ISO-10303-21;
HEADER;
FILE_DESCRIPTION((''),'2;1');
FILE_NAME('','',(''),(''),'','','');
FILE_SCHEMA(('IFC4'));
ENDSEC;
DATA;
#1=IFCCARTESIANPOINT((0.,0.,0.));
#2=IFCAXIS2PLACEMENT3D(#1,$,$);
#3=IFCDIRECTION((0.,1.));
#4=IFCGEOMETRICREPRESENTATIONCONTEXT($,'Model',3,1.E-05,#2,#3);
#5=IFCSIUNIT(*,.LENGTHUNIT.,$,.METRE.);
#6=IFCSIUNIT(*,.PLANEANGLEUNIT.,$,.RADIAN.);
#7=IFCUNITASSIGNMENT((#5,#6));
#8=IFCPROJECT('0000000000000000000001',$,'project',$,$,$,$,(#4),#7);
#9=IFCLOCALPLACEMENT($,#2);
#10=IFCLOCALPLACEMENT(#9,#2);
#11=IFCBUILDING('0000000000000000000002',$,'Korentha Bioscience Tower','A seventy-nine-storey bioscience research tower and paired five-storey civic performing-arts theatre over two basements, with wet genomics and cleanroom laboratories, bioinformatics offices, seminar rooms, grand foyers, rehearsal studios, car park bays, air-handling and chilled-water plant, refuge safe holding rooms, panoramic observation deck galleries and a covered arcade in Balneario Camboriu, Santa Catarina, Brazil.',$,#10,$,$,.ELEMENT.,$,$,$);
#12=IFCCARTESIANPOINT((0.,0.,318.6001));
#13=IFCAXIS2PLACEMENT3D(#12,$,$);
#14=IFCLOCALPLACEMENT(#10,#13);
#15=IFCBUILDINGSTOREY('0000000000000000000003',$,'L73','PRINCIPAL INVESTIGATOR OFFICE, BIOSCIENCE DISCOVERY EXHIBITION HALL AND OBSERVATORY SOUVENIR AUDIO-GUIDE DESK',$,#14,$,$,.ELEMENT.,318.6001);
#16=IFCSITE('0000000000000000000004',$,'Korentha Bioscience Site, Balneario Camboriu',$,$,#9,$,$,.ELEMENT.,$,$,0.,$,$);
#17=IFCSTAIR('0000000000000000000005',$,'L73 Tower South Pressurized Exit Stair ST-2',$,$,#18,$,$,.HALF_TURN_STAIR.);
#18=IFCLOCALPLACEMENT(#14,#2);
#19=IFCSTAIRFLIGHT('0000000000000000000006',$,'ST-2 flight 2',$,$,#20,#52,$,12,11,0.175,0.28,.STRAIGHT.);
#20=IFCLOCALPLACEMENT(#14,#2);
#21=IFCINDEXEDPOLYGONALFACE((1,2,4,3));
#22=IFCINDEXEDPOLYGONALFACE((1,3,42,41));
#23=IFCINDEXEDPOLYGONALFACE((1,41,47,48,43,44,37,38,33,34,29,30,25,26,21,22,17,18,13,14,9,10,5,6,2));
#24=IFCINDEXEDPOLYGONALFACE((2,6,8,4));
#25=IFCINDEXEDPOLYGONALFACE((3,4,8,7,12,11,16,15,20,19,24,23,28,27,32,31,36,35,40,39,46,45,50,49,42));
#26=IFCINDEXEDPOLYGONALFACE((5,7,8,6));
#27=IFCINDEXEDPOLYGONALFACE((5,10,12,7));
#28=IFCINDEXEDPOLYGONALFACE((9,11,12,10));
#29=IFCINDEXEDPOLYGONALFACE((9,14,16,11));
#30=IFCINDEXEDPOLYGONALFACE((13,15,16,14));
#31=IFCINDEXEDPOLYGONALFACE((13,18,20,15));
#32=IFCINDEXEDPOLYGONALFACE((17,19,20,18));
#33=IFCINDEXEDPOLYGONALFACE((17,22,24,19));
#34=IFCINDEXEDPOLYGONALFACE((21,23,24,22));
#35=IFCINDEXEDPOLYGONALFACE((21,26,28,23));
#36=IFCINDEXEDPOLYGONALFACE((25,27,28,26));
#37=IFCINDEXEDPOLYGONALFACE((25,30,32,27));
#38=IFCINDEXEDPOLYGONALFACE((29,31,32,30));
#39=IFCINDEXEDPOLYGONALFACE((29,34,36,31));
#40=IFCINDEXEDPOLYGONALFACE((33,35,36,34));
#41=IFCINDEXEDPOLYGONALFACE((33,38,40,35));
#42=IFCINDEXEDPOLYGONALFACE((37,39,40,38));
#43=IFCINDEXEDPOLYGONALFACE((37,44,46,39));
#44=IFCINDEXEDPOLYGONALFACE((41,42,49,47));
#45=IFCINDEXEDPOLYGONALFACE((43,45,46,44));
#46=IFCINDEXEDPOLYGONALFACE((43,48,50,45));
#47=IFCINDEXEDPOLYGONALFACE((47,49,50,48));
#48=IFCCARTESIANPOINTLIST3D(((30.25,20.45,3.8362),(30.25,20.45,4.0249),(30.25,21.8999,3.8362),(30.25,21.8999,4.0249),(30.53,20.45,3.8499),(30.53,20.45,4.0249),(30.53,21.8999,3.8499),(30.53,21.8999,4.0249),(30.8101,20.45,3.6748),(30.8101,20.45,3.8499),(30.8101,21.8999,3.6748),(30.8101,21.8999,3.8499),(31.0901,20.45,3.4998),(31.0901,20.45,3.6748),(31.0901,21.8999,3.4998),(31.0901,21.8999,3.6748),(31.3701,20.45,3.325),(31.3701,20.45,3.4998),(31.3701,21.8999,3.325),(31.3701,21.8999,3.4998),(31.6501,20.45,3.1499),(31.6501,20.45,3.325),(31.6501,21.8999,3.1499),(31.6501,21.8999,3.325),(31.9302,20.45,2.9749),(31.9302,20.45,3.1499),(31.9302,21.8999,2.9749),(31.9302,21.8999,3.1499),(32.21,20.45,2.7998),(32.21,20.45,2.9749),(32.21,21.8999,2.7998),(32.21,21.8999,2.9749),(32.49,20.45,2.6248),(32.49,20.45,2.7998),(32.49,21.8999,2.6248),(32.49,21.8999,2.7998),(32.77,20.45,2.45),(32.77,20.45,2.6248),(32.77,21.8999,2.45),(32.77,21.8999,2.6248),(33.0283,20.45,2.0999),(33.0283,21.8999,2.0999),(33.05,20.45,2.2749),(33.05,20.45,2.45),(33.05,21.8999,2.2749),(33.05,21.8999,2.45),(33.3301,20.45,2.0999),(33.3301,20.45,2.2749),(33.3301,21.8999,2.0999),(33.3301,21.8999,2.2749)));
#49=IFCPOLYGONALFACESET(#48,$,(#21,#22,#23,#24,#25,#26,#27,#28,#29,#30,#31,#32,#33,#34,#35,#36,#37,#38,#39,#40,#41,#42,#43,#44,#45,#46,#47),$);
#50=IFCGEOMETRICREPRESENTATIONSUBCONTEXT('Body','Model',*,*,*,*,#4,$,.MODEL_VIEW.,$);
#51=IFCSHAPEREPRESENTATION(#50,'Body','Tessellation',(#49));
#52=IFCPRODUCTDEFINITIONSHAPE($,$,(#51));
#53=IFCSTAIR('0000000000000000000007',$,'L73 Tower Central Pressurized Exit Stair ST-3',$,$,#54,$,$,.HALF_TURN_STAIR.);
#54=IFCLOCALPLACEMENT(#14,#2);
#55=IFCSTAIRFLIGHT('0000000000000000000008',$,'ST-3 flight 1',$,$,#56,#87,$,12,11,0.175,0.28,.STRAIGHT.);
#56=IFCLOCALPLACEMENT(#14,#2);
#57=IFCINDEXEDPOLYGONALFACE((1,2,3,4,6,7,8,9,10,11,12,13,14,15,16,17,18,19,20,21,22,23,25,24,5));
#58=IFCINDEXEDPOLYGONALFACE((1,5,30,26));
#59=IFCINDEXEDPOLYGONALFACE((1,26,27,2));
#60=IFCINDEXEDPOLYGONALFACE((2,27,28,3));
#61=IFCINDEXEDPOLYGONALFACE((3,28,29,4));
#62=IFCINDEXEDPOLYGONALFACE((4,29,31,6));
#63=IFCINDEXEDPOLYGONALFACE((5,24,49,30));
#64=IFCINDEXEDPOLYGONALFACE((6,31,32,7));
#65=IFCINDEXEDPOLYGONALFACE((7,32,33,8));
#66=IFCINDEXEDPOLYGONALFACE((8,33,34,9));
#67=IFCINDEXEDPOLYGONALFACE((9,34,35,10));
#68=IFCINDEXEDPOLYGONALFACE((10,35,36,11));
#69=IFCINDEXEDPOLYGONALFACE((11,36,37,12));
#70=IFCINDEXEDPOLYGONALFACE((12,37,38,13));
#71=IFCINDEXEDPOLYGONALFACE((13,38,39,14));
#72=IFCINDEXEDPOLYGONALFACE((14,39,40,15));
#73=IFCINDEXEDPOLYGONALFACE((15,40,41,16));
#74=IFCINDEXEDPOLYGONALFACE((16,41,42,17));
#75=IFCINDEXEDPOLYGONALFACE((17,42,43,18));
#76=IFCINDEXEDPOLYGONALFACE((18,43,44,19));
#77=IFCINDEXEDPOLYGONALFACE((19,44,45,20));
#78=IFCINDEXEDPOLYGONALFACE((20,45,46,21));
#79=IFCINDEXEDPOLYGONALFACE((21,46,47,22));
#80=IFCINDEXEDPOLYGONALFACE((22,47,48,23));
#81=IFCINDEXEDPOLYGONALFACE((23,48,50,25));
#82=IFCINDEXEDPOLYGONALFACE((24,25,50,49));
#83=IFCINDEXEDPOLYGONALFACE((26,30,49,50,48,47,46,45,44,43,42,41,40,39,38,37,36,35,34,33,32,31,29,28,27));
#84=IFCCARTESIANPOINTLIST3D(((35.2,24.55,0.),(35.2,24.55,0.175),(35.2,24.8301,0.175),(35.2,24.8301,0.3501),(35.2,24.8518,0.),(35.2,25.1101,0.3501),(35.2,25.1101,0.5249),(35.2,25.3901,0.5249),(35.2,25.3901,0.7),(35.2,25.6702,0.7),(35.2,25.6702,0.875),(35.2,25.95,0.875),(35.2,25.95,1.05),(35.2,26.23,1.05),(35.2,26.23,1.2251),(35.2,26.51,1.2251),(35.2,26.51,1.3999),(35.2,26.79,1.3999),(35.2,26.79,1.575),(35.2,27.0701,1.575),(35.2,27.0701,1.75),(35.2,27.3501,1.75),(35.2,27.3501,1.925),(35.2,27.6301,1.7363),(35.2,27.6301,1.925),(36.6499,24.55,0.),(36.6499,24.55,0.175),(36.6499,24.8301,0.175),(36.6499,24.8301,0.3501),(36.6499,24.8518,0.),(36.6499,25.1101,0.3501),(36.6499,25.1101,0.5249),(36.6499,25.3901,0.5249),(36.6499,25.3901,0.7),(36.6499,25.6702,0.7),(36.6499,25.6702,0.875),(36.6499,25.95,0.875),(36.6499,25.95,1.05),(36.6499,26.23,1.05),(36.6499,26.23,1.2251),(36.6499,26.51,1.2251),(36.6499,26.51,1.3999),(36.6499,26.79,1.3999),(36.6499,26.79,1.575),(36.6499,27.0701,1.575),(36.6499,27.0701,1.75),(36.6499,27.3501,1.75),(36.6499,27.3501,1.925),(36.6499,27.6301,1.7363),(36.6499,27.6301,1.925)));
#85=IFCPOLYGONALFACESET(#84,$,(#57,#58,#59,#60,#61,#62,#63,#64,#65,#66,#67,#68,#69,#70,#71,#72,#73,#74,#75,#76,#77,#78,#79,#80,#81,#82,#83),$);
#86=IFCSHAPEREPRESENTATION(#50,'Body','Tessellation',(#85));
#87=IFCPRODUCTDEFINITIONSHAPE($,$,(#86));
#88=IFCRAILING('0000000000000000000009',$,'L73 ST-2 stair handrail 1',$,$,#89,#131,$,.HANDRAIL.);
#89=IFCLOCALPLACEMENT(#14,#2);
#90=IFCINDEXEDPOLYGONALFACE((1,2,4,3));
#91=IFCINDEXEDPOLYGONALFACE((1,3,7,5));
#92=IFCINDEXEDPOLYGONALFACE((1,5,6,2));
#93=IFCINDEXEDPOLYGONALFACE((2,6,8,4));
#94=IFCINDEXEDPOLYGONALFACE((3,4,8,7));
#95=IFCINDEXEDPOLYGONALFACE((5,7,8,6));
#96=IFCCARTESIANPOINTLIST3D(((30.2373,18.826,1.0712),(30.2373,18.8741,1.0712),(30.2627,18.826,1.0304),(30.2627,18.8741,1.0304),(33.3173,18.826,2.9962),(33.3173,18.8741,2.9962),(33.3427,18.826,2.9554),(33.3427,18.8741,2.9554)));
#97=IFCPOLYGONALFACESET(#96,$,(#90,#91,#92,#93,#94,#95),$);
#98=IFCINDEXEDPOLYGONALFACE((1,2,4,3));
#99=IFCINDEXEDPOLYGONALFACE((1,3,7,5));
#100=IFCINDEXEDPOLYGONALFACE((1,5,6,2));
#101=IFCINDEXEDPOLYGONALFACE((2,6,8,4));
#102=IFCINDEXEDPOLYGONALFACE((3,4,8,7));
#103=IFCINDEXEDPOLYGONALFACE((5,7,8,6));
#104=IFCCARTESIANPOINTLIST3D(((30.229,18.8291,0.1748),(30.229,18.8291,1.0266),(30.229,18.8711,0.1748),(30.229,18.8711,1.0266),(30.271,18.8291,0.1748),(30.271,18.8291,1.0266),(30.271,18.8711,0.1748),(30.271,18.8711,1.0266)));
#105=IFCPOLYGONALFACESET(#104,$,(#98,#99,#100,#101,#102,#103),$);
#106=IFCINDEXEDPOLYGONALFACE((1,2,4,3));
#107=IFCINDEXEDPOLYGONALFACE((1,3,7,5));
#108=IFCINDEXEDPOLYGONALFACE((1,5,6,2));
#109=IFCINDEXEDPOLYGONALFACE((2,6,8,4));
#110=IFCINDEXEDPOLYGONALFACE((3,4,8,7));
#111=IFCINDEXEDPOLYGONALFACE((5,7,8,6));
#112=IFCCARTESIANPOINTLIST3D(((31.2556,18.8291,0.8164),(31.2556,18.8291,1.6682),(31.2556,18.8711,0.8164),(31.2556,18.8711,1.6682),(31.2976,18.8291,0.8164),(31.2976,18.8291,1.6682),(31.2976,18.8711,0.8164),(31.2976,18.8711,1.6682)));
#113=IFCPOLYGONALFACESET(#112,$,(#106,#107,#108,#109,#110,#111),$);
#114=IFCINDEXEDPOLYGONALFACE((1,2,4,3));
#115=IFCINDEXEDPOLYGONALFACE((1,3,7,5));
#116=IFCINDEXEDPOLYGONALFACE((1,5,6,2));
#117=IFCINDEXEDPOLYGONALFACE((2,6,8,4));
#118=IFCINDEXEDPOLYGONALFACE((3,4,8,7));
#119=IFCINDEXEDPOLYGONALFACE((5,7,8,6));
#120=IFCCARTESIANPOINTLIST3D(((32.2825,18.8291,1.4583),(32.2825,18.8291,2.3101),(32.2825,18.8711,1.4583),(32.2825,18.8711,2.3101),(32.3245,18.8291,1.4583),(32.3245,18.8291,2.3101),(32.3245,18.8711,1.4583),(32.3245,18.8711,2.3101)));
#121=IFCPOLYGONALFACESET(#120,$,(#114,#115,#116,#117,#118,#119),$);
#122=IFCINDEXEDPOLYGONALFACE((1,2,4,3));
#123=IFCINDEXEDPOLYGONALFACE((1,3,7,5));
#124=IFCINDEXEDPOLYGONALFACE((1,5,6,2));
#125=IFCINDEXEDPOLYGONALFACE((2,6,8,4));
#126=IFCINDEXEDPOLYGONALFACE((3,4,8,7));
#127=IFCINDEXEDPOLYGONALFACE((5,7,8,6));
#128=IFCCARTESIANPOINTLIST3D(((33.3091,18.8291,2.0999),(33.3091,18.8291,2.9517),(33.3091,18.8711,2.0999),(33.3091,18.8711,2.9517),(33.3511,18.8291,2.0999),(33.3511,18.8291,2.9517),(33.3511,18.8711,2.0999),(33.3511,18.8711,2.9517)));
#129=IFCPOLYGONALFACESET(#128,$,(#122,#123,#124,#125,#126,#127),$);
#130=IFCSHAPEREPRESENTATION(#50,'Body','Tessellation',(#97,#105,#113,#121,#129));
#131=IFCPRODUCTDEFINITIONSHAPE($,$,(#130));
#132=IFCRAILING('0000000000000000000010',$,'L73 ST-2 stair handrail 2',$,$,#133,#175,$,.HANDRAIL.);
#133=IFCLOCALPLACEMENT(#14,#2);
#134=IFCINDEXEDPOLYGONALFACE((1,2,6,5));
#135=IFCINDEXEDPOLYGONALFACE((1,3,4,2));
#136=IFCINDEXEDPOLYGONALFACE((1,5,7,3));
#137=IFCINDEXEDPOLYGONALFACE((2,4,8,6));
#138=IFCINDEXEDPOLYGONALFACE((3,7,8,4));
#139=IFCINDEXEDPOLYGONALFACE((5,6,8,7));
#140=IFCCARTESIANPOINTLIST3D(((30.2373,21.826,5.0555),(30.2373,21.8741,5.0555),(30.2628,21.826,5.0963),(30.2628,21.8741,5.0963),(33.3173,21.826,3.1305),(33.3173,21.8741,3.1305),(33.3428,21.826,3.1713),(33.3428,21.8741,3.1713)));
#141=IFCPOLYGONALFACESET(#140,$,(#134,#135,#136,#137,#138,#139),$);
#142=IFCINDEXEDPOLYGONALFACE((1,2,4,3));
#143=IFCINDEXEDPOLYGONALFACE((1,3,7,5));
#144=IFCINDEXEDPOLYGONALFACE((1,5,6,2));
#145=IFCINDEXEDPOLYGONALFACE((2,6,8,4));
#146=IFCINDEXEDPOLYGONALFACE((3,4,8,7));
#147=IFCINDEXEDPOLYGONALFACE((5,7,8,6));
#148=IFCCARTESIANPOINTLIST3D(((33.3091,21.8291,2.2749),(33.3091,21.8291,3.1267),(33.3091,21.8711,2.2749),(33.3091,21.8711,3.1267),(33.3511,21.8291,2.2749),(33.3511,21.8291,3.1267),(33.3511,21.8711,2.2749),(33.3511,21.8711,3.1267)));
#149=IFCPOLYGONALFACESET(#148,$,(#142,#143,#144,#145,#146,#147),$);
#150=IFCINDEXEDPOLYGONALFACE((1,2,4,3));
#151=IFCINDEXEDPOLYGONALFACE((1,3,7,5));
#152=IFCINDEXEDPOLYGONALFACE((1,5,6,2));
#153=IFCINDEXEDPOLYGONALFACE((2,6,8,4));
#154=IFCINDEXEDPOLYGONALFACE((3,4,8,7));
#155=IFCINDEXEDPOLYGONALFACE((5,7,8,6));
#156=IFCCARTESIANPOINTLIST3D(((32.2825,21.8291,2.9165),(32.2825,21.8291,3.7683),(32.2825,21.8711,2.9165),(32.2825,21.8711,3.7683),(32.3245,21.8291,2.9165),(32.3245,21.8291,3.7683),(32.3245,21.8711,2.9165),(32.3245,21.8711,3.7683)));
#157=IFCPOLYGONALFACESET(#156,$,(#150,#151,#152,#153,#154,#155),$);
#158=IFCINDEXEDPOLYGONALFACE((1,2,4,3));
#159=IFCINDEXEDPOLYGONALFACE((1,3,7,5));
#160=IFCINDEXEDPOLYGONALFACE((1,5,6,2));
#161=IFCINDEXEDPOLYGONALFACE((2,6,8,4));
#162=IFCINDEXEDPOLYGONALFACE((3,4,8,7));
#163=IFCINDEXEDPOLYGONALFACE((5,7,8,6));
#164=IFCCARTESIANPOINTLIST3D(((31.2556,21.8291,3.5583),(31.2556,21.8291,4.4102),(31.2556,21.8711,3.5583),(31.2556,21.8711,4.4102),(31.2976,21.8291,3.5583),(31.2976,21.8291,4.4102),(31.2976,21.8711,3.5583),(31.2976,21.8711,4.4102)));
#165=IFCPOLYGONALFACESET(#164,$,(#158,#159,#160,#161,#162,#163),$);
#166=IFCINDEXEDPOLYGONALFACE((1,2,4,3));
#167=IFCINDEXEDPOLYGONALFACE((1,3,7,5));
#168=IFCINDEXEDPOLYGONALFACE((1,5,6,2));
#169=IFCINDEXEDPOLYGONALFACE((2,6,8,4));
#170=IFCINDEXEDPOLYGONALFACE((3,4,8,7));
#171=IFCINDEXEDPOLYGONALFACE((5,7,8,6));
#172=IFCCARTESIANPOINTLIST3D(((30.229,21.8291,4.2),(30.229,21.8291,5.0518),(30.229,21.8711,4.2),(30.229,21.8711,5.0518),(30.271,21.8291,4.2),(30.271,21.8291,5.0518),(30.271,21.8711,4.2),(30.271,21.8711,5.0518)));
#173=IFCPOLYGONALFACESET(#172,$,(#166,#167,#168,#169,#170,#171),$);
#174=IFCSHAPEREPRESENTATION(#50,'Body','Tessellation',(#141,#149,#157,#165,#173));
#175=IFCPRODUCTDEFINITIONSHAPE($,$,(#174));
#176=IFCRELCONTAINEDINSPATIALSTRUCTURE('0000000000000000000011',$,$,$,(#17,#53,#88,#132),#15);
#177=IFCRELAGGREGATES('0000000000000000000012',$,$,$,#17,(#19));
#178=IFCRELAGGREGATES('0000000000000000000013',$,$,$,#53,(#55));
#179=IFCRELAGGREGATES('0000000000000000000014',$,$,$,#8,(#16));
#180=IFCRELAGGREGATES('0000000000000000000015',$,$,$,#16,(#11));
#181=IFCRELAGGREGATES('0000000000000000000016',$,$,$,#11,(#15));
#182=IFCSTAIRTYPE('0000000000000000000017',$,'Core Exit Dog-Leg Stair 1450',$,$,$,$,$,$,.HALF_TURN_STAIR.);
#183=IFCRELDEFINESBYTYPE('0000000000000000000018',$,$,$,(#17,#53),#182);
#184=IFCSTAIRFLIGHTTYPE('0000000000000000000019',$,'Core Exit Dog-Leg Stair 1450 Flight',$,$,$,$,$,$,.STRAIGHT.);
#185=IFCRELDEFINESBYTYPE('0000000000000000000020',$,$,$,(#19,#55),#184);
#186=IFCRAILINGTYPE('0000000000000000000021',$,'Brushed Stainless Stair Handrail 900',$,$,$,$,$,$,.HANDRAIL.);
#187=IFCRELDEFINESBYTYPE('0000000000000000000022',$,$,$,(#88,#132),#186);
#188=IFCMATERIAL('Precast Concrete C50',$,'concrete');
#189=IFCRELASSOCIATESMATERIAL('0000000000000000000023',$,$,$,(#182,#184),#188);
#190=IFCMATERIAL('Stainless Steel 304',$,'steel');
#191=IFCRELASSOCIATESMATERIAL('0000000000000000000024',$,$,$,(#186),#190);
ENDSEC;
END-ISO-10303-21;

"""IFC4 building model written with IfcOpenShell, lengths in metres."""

from ifc_helpers import new_model, si_unit, direction, frame, origin, origin_2d, place, context, subcontext, project, spatial, polyline, rectangle, outline, extrude, material, type_object, element, aggregate, save


model = new_model("IFC4")

# Units and contexts
model_context = context("Model", 3, precision=1e-05, world=origin(), true_north=direction((0.0, 1.0)))
body_context = subcontext(model_context, "Body", "Model", "MODEL_VIEW")
ifc_project = project(units=[si_unit("LENGTHUNIT", "METRE"), si_unit("PLANEANGLEUNIT", "RADIAN")], contexts=[model_context])

# Site, building, storey
site_placement = place(None, origin())
site = spatial("IfcSite", under=ifc_project, at=site_placement, Name="Korentha Bioscience Site, Balneario Camboriu", CompositionType="ELEMENT", RefElevation=0.0)
building_placement = place(site_placement, origin())
building = spatial("IfcBuilding", under=site, at=building_placement, Name="Korentha Bioscience Tower", Description="A seventy-nine-storey bioscience research tower and paired five-storey civic performing-arts theatre over two basements, with wet genomics and cleanroom laboratories, bioinformatics offices, seminar rooms, grand foyers, rehearsal studios, car park bays, air-handling and chilled-water plant, refuge safe holding rooms, panoramic observation deck galleries and a covered arcade in Balneario Camboriu, Santa Catarina, Brazil.", CompositionType="ELEMENT")
storey_placement = place(building_placement, frame((0.0, 0.0, 318.6001)))
storey = spatial("IfcBuildingStorey", under=building, at=storey_placement, Name="L73", Description="PRINCIPAL INVESTIGATOR OFFICE, BIOSCIENCE DISCOVERY EXHIBITION HALL AND OBSERVATORY SOUVENIR AUDIO-GUIDE DESK", CompositionType="ELEMENT", Elevation=318.6001)

# Stair, stair flight
ifc_material_1 = material(Name="Precast Concrete C50", Category="concrete")
stair_type = type_object("IfcStairType", Name="Core Exit Dog-Leg Stair 1450", PredefinedType="HALF_TURN_STAIR", material=ifc_material_1)
stair_1_placement = place(storey_placement, origin())
stair_1 = element("IfcStair", 1, at=stair_1_placement, inside=storey, type_object=stair_type, Name="L73 Tower South Pressurized Exit Stair ST-2", PredefinedType="HALF_TURN_STAIR")
stair_flight_type = type_object("IfcStairFlightType", Name="Core Exit Dog-Leg Stair 1450 Flight", PredefinedType="STRAIGHT", material=ifc_material_1)
stair_flight_1_placement = place(storey_placement, frame((33.3301, 21.175, 2.0999), z_axis=(0.0, 0.0, 1.0), x_axis=(-1.0, 0.0, 0.0)))
stair_flight_1 = element("IfcStairFlight", 2, at=stair_flight_1_placement, type_object=stair_flight_type, Name="ST-2 flight 2", NumberOfRisers=12, NumberOfTreads=11, PredefinedType="STRAIGHT", RiserHeight=0.175, TreadLength=0.28, context=body_context, shape_type="SweptSolid", body=[
    extrude(outline(polyline([(0.0, 0.0), (0.0, 0.175), (0.28, 0.175), (0.28, 0.3501), (0.5601, 0.3501), (0.5601, 0.5249), (0.8401, 0.5249), (0.8401, 0.7), (1.1201, 0.7), (1.1201, 0.875), (1.3999, 0.875), (1.3999, 1.05), (1.6799, 1.05), (1.6799, 1.2251), (1.96, 1.2251), (1.96, 1.3999), (2.24, 1.3999), (2.24, 1.575), (2.52, 1.575), (2.52, 1.75), (2.8, 1.75), (2.8, 1.925), (3.0801, 1.925), (3.0801, 2.1001), (3.0801, 1.7363), (0.3018, 0.0), (0.0, 0.0)])), frame((0.0, 0.7251, 0.0), z_axis=(0.0, -1.0, 0.0), x_axis=(1.0, 0.0, 0.0)), (0.0, 0.0, 1.0), 1.45),
])
aggregate(stair_1, [stair_flight_1])

# Stair, stair flight
stair_2_placement = place(storey_placement, origin())
stair_2 = element("IfcStair", 3, at=stair_2_placement, inside=storey, type_object=stair_type, Name="L73 Tower Central Pressurized Exit Stair ST-3", PredefinedType="HALF_TURN_STAIR")
stair_flight_2_placement = place(storey_placement, frame((35.925, 24.55, 0.0), z_axis=(0.0, 0.0, 1.0), x_axis=(0.0, 1.0, 0.0)))
stair_flight_2 = element("IfcStairFlight", 4, at=stair_flight_2_placement, type_object=stair_flight_type, Name="ST-3 flight 1", NumberOfRisers=12, NumberOfTreads=11, PredefinedType="STRAIGHT", RiserHeight=0.175, TreadLength=0.28, context=body_context, shape_type="SweptSolid", body=[
    extrude(outline(polyline([(0.0, 0.0), (0.0, 0.175), (0.28, 0.175), (0.28, 0.3501), (0.5601, 0.3501), (0.5601, 0.5249), (0.8401, 0.5249), (0.8401, 0.7), (1.1201, 0.7), (1.1201, 0.875), (1.3999, 0.875), (1.3999, 1.05), (1.6799, 1.05), (1.6799, 1.2251), (1.96, 1.2251), (1.96, 1.3999), (2.24, 1.3999), (2.24, 1.575), (2.52, 1.575), (2.52, 1.75), (2.8, 1.75), (2.8, 1.925), (3.0801, 1.925), (3.0801, 2.1001), (3.0801, 1.7363), (0.3018, 0.0), (0.0, 0.0)])), frame((0.0, 0.7251, 0.0), z_axis=(0.0, -1.0, 0.0), x_axis=(1.0, 0.0, 0.0)), (0.0, 0.0, 1.0), 1.45),
])
aggregate(stair_2, [stair_flight_2])

# Railings
ifc_material_2 = material(Name="Stainless Steel 304", Category="steel")
railing_type_1 = type_object("IfcRailingType", Name="Brushed Stainless Stair Handrail 900", PredefinedType="HANDRAIL", material=ifc_material_2)
railing_1_placement = place(storey_placement, frame((30.25, 18.8501, 0.1748)))
element("IfcRailing", 5, at=railing_1_placement, inside=storey, type_object=railing_type_1, Name="L73 ST-2 stair handrail 1", PredefinedType="HANDRAIL", context=body_context, shape_type="SweptSolid", body=[
    extrude(rectangle(XDim=0.0481, YDim=0.0481, at=origin_2d()), frame((0.0, 0.0, 0.876), z_axis=(0.847998, 0.0, 0.529999), x_axis=(0.0, 1.0, 0.0)), (0.0, 0.0, 1.0), 3.6321),
    extrude(rectangle(XDim=0.042, YDim=0.042, at=origin_2d()), origin(), (0.0, 0.0, 1.0), 0.8518),
    extrude(rectangle(XDim=0.042, YDim=0.042, at=origin_2d()), frame((1.0266, 0.0, 0.6416)), (0.0, 0.0, 1.0), 0.8518),
    extrude(rectangle(XDim=0.042, YDim=0.042, at=origin_2d()), frame((2.0535, 0.0, 1.2834)), (0.0, 0.0, 1.0), 0.8518),
    extrude(rectangle(XDim=0.042, YDim=0.042, at=origin_2d()), frame((3.0801, 0.0, 1.925)), (0.0, 0.0, 1.0), 0.8518),
])
railing_2_placement = place(storey_placement, frame((33.3301, 21.8501, 2.2749)))
element("IfcRailing", 6, at=railing_2_placement, inside=storey, type_object=railing_type_1, Name="L73 ST-2 stair handrail 2", PredefinedType="HANDRAIL", context=body_context, shape_type="SweptSolid", body=[
    extrude(rectangle(XDim=0.0481, YDim=0.0481, at=origin_2d()), frame((0.0, 0.0, 0.876), z_axis=(-0.847998, 0.0, 0.529999), x_axis=(0.0, -1.0, 0.0)), (0.0, 0.0, 1.0), 3.6321),
    extrude(rectangle(XDim=0.042, YDim=0.042, at=origin_2d()), origin(), (0.0, 0.0, 1.0), 0.8518),
    extrude(rectangle(XDim=0.042, YDim=0.042, at=origin_2d()), frame((-1.0266, 0.0, 0.6416)), (0.0, 0.0, 1.0), 0.8518),
    extrude(rectangle(XDim=0.042, YDim=0.042, at=origin_2d()), frame((-2.0535, 0.0, 1.2834)), (0.0, 0.0, 1.0), 0.8518),
    extrude(rectangle(XDim=0.042, YDim=0.042, at=origin_2d()), frame((-3.0801, 0.0, 1.925)), (0.0, 0.0, 1.0), 0.8518),
])

save(model, "model.ifc")
